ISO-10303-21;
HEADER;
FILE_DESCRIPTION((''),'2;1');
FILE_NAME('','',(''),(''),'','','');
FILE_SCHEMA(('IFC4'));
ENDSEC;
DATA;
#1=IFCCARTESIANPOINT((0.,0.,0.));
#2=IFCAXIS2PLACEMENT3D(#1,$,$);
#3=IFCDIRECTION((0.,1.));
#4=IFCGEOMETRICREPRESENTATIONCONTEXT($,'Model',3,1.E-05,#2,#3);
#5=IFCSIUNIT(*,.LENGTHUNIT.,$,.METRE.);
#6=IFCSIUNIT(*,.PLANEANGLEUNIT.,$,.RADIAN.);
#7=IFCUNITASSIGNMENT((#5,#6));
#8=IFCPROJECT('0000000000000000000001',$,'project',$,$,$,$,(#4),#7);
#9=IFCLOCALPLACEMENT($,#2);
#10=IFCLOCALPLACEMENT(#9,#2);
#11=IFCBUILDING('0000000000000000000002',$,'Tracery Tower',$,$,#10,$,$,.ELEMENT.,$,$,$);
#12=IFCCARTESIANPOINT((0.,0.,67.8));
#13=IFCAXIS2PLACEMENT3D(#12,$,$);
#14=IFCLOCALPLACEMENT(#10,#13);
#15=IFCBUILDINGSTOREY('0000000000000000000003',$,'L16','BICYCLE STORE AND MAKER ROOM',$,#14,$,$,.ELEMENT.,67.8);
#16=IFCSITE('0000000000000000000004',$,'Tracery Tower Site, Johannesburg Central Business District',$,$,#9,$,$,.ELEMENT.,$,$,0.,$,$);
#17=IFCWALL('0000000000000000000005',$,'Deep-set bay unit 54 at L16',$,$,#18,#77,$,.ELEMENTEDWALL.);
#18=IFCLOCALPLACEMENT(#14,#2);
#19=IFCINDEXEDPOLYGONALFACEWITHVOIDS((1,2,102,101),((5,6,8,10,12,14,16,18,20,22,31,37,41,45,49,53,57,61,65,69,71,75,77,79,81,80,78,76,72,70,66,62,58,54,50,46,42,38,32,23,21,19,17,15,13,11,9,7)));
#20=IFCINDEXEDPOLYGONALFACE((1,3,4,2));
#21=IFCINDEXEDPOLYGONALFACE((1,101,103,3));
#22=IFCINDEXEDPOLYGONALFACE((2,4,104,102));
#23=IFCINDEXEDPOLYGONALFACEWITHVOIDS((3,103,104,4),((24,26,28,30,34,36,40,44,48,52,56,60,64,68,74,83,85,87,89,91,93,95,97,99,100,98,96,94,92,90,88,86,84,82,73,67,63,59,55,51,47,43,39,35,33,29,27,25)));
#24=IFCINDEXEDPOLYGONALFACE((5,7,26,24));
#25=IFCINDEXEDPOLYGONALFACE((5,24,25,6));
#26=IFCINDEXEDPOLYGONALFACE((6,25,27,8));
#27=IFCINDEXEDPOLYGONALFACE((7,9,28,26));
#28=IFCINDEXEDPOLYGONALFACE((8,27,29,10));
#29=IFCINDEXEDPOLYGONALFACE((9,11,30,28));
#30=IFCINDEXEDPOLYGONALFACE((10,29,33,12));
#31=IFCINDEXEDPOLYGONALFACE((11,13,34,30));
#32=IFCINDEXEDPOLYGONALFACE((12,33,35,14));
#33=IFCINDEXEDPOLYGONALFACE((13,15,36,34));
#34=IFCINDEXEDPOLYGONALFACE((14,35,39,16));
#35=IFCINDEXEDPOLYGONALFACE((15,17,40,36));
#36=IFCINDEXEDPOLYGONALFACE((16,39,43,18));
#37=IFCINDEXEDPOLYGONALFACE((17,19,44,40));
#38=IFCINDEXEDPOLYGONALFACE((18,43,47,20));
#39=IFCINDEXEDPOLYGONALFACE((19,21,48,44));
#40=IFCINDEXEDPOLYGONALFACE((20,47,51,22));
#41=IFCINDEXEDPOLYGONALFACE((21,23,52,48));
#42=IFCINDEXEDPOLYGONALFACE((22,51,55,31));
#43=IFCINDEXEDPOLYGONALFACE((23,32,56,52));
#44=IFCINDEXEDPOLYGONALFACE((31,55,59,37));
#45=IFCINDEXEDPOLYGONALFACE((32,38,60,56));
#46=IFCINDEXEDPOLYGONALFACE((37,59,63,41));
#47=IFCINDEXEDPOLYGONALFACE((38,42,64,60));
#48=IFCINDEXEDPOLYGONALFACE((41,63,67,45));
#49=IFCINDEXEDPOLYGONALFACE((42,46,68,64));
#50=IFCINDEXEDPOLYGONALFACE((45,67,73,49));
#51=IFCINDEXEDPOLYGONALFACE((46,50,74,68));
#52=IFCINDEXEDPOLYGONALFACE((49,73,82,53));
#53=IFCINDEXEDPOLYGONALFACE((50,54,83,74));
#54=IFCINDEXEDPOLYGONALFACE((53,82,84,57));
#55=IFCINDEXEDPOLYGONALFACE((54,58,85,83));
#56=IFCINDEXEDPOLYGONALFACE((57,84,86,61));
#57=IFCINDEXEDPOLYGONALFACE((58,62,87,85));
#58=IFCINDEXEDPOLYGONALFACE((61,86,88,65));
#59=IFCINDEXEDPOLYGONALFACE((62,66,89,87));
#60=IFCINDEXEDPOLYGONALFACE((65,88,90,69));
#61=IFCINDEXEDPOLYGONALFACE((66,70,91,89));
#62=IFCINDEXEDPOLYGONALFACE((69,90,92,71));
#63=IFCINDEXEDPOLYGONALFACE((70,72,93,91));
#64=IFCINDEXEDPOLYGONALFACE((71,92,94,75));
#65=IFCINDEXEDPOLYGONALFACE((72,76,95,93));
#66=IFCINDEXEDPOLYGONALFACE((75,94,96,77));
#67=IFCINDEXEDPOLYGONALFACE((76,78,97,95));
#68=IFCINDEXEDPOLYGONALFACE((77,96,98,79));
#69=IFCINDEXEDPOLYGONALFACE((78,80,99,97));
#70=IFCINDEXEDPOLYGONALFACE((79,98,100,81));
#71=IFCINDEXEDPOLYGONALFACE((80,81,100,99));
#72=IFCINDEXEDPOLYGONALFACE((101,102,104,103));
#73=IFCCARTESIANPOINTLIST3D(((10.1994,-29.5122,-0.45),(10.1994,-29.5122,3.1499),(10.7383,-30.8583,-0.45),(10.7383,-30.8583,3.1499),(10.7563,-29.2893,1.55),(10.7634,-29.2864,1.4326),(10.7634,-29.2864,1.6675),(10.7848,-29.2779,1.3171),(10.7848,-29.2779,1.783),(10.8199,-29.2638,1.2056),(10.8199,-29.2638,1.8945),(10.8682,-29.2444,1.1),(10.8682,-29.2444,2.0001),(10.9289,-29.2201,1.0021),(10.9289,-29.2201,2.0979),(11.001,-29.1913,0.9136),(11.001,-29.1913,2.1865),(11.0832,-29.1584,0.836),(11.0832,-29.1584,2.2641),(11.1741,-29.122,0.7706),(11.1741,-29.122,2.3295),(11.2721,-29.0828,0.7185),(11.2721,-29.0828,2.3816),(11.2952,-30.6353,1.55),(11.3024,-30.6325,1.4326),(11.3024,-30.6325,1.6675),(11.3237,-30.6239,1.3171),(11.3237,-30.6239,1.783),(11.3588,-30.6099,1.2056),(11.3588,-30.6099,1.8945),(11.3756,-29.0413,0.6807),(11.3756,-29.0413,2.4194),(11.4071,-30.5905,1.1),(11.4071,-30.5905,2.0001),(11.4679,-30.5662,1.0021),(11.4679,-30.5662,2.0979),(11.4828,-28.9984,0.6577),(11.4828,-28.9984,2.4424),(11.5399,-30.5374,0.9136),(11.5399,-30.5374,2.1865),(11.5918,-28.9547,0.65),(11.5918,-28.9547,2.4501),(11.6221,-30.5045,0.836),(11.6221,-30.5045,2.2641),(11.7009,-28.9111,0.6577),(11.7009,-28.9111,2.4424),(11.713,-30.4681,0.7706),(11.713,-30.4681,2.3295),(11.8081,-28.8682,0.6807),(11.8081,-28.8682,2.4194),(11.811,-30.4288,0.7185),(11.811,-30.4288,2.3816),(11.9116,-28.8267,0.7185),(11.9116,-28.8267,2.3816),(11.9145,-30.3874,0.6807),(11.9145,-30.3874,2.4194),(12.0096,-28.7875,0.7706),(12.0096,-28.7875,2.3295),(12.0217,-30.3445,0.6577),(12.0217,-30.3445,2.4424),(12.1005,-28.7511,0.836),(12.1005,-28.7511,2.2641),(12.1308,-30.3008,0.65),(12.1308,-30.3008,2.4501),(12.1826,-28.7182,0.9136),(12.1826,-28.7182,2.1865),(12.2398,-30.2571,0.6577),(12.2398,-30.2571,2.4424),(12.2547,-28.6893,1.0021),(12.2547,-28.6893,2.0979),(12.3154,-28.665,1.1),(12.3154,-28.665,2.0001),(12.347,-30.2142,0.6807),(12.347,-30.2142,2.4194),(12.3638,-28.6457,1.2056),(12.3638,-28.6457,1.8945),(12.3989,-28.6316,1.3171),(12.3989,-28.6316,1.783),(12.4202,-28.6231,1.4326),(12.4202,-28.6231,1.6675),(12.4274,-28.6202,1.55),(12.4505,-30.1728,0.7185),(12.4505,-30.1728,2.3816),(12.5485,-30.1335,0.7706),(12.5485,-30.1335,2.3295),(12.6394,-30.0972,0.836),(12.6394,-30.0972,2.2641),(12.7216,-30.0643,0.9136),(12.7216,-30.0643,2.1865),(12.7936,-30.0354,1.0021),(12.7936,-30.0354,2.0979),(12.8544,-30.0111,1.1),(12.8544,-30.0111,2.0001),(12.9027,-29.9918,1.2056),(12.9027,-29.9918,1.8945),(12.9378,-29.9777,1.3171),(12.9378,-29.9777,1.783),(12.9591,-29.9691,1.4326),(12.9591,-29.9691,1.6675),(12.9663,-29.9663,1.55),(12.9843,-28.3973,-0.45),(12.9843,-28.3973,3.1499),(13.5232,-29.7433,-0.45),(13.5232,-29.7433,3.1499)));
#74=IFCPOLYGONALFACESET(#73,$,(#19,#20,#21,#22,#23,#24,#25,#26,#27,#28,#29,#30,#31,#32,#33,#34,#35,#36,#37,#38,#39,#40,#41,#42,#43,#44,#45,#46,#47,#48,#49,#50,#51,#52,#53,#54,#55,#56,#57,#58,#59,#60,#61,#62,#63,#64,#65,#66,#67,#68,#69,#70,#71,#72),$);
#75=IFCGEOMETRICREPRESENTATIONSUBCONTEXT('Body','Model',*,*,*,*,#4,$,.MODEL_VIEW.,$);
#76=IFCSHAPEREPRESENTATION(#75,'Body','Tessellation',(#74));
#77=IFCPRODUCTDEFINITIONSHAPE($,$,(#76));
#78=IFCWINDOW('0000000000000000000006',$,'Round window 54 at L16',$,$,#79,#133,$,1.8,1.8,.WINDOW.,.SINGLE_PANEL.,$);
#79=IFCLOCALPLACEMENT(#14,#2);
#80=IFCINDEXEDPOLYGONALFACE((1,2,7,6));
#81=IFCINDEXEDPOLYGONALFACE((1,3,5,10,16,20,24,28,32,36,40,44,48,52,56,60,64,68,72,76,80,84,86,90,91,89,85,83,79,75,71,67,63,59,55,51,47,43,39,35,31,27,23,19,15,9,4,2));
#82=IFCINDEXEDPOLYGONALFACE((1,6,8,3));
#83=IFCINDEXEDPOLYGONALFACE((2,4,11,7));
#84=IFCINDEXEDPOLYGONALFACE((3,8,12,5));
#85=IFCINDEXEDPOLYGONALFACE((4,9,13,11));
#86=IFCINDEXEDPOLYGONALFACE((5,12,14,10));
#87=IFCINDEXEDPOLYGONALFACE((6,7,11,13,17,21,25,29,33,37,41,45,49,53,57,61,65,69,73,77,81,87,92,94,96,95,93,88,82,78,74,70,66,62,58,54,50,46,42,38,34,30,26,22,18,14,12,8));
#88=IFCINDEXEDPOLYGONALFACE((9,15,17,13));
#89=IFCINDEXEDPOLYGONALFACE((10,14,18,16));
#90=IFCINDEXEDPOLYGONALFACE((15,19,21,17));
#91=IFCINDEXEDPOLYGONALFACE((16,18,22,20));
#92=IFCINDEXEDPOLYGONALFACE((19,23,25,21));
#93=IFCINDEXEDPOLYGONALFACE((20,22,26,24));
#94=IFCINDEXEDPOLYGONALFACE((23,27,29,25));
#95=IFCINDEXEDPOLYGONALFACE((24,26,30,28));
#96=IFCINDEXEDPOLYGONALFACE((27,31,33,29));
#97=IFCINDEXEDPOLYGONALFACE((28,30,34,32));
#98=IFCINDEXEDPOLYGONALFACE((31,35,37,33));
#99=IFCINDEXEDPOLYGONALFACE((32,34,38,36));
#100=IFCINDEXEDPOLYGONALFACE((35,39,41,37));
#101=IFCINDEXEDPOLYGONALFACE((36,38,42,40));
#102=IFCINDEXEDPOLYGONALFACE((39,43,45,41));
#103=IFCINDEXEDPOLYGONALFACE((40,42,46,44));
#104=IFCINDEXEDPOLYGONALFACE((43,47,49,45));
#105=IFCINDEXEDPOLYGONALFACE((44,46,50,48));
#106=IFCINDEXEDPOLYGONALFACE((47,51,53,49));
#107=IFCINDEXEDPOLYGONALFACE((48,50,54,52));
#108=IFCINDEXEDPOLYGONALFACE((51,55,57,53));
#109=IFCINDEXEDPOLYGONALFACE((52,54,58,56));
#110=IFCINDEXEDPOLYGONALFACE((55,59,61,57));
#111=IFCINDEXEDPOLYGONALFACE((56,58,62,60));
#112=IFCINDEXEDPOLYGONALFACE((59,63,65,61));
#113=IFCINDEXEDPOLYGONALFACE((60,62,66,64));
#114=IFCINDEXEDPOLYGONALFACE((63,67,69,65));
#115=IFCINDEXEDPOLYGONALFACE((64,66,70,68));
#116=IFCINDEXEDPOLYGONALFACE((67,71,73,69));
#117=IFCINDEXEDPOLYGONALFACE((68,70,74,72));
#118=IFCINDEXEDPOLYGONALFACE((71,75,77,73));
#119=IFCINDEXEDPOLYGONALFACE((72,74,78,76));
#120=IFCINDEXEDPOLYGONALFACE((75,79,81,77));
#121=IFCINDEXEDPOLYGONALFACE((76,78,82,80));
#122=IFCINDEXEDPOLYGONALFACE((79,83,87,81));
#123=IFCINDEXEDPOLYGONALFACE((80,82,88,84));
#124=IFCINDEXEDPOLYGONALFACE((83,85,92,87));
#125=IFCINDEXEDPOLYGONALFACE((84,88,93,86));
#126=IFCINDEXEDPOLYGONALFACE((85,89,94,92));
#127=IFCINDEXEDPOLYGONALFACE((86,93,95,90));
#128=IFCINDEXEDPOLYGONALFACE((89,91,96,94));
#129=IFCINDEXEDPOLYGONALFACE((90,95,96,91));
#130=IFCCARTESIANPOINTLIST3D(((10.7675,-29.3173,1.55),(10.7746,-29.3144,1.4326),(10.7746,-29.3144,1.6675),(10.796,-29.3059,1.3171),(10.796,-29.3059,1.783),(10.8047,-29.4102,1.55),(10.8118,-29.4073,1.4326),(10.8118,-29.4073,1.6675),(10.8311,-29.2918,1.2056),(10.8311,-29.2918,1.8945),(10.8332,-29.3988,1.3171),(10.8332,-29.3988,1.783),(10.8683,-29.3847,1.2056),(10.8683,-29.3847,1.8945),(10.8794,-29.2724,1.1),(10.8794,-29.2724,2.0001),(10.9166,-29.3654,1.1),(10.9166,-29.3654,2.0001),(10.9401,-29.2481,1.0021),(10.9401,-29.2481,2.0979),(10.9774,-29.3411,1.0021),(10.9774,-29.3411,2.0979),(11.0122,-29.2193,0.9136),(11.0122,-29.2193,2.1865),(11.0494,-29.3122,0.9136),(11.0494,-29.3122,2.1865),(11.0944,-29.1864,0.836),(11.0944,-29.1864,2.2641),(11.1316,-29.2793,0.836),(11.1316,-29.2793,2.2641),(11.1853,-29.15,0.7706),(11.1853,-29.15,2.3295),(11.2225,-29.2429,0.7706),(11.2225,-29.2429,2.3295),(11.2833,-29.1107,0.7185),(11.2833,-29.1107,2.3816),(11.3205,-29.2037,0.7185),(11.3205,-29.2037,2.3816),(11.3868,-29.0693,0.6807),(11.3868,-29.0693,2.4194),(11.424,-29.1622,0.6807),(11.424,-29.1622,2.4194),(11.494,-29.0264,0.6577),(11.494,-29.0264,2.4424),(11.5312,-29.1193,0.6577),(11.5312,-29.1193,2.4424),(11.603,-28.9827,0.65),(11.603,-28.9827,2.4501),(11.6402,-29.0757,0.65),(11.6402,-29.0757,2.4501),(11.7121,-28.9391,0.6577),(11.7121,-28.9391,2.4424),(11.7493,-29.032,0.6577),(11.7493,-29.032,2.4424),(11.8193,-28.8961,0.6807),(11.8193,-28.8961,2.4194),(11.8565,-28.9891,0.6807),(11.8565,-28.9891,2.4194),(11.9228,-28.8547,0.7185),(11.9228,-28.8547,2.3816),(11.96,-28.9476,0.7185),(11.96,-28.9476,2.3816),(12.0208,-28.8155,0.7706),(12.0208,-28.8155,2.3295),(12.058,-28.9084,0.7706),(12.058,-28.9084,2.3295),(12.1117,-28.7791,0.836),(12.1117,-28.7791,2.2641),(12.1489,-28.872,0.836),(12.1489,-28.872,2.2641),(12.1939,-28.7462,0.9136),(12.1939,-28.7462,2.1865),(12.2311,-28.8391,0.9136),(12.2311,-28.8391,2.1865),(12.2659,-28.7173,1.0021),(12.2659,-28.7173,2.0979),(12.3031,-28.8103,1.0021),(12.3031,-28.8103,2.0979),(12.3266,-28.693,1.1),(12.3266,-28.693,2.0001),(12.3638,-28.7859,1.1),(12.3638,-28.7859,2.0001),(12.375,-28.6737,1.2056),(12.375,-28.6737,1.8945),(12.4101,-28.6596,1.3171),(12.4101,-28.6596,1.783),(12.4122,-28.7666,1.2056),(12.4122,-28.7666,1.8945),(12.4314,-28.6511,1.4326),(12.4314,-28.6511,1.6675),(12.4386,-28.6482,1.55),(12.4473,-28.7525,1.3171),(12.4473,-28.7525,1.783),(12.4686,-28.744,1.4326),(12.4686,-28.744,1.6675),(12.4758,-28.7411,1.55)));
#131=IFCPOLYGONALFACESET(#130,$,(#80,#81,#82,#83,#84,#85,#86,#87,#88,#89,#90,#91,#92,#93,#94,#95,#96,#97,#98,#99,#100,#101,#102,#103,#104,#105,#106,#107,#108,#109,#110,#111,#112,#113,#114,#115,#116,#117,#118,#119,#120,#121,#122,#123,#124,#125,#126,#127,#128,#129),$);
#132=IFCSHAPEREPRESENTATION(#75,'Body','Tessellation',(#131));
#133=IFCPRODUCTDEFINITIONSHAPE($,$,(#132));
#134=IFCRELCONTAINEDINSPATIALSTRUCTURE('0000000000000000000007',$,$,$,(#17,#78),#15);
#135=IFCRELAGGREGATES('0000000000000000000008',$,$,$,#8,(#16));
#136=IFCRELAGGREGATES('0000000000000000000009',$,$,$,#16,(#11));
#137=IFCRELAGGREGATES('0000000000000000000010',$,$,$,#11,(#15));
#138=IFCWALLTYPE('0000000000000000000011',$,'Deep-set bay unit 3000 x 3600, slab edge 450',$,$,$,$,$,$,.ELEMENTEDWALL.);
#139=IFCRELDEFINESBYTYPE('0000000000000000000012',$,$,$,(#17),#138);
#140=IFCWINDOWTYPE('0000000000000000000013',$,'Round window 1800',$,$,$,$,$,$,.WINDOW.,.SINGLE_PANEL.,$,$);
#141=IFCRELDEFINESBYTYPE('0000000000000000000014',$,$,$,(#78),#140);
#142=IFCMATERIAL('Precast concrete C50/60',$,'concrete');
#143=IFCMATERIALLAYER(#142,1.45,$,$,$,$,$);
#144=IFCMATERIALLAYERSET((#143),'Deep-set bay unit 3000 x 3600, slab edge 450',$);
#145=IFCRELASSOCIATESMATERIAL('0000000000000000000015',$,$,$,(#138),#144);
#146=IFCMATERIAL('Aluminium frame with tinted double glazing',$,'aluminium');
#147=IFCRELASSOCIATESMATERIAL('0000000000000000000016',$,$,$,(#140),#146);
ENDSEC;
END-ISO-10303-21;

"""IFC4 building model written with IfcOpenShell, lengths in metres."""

from ifc_helpers import new_model, si_unit, direction, frame, frame_2d, origin, origin_2d, place, context, subcontext, project, spatial, rectangle, circle, extrude, material, layer, layer_set, type_object, element, fill, save


model = new_model("IFC4")

# Units and contexts
model_context = context("Model", 3, precision=1e-05, world=origin(), true_north=direction((0.0, 1.0)))
body_context = subcontext(model_context, "Body", "Model", "MODEL_VIEW")
ifc_project = project(units=[si_unit("LENGTHUNIT", "METRE"), si_unit("PLANEANGLEUNIT", "RADIAN")], contexts=[model_context])

# Site, building, storey
site_placement = place(None, origin())
site = spatial("IfcSite", under=ifc_project, at=site_placement, Name="Tracery Tower Site, Johannesburg Central Business District", CompositionType="ELEMENT", RefElevation=0.0)
building_placement = place(site_placement, origin())
building = spatial("IfcBuilding", under=site, at=building_placement, Name="Tracery Tower", CompositionType="ELEMENT")
storey_placement = place(building_placement, frame((0.0, 0.0, 67.8)))
storey = spatial("IfcBuildingStorey", under=building, at=storey_placement, Name="L16", Description="BICYCLE STORE AND MAKER ROOM", CompositionType="ELEMENT", Elevation=67.8)

# Wall, opening, window
ifc_material_1 = material(Name="Precast concrete C50/60", Category="concrete")
ifc_layer_1 = layer(ifc_material_1, 1.45)
ifc_layer_set_1 = layer_set([ifc_layer_1], Name="Deep-set bay unit 3000 x 3600, slab edge 450")
wall_type_1 = type_object("IfcWallType", Name="Deep-set bay unit 3000 x 3600, slab edge 450", PredefinedType="ELEMENTEDWALL", material=ifc_layer_set_1)
ifc_material_2 = material(Name="Aluminium frame with tinted double glazing", Category="aluminium")
window_type = type_object("IfcWindowType", Name="Round window 1800", PartitioningType="SINGLE_PANEL", PredefinedType="WINDOW", material=ifc_material_2)
wall_1_placement = place(storey_placement, frame((10.4688, -30.1853, -0.45), z_axis=(0.0, 0.0, 1.0), x_axis=(0.928359, 0.371685, 0.0)))
wall_1 = element("IfcWall", 1, at=wall_1_placement, inside=storey, type_object=wall_type_1, Name="Deep-set bay unit 54 at L16", PredefinedType="ELEMENTEDWALL", context=body_context, shape_type="SweptSolid", body=[
    extrude(rectangle(XDim=2.9998, YDim=1.45, at=frame_2d((1.5, 0.0))), origin(), (0.0, 0.0, 1.0), 3.5999),
])
opening_1_placement = place(wall_1_placement, frame((1.5, 0.0, 2.0)))
opening_1 = element("IfcOpeningElement", 2, at=opening_1_placement, cuts=wall_1, PredefinedType="OPENING", context=body_context, shape_type="SweptSolid", body=[
    extrude(circle(Radius=0.9, at=origin_2d()), frame((0.0, 0.7349, 0.0), z_axis=(0.0, -1.0, 0.0), x_axis=(1.0, 0.0, 0.0)), (0.0, 0.0, 1.0), 1.47),
])
window_1_placement = place(opening_1_placement, origin())
window_1 = element("IfcWindow", 3, at=window_1_placement, inside=storey, type_object=window_type, Name="Round window 54 at L16", OverallHeight=1.8, OverallWidth=1.8, PartitioningType="SINGLE_PANEL", PredefinedType="WINDOW", context=body_context, shape_type="SweptSolid", body=[
    extrude(circle(Radius=0.9, at=origin_2d()), frame((0.0, 0.6948, 0.0), z_axis=(0.0, -1.0, 0.0), x_axis=(1.0, 0.0, 0.0)), (0.0, 0.0, 1.0), 0.1001),
])
fill(opening_1, window_1)

save(model, "model.ifc")
